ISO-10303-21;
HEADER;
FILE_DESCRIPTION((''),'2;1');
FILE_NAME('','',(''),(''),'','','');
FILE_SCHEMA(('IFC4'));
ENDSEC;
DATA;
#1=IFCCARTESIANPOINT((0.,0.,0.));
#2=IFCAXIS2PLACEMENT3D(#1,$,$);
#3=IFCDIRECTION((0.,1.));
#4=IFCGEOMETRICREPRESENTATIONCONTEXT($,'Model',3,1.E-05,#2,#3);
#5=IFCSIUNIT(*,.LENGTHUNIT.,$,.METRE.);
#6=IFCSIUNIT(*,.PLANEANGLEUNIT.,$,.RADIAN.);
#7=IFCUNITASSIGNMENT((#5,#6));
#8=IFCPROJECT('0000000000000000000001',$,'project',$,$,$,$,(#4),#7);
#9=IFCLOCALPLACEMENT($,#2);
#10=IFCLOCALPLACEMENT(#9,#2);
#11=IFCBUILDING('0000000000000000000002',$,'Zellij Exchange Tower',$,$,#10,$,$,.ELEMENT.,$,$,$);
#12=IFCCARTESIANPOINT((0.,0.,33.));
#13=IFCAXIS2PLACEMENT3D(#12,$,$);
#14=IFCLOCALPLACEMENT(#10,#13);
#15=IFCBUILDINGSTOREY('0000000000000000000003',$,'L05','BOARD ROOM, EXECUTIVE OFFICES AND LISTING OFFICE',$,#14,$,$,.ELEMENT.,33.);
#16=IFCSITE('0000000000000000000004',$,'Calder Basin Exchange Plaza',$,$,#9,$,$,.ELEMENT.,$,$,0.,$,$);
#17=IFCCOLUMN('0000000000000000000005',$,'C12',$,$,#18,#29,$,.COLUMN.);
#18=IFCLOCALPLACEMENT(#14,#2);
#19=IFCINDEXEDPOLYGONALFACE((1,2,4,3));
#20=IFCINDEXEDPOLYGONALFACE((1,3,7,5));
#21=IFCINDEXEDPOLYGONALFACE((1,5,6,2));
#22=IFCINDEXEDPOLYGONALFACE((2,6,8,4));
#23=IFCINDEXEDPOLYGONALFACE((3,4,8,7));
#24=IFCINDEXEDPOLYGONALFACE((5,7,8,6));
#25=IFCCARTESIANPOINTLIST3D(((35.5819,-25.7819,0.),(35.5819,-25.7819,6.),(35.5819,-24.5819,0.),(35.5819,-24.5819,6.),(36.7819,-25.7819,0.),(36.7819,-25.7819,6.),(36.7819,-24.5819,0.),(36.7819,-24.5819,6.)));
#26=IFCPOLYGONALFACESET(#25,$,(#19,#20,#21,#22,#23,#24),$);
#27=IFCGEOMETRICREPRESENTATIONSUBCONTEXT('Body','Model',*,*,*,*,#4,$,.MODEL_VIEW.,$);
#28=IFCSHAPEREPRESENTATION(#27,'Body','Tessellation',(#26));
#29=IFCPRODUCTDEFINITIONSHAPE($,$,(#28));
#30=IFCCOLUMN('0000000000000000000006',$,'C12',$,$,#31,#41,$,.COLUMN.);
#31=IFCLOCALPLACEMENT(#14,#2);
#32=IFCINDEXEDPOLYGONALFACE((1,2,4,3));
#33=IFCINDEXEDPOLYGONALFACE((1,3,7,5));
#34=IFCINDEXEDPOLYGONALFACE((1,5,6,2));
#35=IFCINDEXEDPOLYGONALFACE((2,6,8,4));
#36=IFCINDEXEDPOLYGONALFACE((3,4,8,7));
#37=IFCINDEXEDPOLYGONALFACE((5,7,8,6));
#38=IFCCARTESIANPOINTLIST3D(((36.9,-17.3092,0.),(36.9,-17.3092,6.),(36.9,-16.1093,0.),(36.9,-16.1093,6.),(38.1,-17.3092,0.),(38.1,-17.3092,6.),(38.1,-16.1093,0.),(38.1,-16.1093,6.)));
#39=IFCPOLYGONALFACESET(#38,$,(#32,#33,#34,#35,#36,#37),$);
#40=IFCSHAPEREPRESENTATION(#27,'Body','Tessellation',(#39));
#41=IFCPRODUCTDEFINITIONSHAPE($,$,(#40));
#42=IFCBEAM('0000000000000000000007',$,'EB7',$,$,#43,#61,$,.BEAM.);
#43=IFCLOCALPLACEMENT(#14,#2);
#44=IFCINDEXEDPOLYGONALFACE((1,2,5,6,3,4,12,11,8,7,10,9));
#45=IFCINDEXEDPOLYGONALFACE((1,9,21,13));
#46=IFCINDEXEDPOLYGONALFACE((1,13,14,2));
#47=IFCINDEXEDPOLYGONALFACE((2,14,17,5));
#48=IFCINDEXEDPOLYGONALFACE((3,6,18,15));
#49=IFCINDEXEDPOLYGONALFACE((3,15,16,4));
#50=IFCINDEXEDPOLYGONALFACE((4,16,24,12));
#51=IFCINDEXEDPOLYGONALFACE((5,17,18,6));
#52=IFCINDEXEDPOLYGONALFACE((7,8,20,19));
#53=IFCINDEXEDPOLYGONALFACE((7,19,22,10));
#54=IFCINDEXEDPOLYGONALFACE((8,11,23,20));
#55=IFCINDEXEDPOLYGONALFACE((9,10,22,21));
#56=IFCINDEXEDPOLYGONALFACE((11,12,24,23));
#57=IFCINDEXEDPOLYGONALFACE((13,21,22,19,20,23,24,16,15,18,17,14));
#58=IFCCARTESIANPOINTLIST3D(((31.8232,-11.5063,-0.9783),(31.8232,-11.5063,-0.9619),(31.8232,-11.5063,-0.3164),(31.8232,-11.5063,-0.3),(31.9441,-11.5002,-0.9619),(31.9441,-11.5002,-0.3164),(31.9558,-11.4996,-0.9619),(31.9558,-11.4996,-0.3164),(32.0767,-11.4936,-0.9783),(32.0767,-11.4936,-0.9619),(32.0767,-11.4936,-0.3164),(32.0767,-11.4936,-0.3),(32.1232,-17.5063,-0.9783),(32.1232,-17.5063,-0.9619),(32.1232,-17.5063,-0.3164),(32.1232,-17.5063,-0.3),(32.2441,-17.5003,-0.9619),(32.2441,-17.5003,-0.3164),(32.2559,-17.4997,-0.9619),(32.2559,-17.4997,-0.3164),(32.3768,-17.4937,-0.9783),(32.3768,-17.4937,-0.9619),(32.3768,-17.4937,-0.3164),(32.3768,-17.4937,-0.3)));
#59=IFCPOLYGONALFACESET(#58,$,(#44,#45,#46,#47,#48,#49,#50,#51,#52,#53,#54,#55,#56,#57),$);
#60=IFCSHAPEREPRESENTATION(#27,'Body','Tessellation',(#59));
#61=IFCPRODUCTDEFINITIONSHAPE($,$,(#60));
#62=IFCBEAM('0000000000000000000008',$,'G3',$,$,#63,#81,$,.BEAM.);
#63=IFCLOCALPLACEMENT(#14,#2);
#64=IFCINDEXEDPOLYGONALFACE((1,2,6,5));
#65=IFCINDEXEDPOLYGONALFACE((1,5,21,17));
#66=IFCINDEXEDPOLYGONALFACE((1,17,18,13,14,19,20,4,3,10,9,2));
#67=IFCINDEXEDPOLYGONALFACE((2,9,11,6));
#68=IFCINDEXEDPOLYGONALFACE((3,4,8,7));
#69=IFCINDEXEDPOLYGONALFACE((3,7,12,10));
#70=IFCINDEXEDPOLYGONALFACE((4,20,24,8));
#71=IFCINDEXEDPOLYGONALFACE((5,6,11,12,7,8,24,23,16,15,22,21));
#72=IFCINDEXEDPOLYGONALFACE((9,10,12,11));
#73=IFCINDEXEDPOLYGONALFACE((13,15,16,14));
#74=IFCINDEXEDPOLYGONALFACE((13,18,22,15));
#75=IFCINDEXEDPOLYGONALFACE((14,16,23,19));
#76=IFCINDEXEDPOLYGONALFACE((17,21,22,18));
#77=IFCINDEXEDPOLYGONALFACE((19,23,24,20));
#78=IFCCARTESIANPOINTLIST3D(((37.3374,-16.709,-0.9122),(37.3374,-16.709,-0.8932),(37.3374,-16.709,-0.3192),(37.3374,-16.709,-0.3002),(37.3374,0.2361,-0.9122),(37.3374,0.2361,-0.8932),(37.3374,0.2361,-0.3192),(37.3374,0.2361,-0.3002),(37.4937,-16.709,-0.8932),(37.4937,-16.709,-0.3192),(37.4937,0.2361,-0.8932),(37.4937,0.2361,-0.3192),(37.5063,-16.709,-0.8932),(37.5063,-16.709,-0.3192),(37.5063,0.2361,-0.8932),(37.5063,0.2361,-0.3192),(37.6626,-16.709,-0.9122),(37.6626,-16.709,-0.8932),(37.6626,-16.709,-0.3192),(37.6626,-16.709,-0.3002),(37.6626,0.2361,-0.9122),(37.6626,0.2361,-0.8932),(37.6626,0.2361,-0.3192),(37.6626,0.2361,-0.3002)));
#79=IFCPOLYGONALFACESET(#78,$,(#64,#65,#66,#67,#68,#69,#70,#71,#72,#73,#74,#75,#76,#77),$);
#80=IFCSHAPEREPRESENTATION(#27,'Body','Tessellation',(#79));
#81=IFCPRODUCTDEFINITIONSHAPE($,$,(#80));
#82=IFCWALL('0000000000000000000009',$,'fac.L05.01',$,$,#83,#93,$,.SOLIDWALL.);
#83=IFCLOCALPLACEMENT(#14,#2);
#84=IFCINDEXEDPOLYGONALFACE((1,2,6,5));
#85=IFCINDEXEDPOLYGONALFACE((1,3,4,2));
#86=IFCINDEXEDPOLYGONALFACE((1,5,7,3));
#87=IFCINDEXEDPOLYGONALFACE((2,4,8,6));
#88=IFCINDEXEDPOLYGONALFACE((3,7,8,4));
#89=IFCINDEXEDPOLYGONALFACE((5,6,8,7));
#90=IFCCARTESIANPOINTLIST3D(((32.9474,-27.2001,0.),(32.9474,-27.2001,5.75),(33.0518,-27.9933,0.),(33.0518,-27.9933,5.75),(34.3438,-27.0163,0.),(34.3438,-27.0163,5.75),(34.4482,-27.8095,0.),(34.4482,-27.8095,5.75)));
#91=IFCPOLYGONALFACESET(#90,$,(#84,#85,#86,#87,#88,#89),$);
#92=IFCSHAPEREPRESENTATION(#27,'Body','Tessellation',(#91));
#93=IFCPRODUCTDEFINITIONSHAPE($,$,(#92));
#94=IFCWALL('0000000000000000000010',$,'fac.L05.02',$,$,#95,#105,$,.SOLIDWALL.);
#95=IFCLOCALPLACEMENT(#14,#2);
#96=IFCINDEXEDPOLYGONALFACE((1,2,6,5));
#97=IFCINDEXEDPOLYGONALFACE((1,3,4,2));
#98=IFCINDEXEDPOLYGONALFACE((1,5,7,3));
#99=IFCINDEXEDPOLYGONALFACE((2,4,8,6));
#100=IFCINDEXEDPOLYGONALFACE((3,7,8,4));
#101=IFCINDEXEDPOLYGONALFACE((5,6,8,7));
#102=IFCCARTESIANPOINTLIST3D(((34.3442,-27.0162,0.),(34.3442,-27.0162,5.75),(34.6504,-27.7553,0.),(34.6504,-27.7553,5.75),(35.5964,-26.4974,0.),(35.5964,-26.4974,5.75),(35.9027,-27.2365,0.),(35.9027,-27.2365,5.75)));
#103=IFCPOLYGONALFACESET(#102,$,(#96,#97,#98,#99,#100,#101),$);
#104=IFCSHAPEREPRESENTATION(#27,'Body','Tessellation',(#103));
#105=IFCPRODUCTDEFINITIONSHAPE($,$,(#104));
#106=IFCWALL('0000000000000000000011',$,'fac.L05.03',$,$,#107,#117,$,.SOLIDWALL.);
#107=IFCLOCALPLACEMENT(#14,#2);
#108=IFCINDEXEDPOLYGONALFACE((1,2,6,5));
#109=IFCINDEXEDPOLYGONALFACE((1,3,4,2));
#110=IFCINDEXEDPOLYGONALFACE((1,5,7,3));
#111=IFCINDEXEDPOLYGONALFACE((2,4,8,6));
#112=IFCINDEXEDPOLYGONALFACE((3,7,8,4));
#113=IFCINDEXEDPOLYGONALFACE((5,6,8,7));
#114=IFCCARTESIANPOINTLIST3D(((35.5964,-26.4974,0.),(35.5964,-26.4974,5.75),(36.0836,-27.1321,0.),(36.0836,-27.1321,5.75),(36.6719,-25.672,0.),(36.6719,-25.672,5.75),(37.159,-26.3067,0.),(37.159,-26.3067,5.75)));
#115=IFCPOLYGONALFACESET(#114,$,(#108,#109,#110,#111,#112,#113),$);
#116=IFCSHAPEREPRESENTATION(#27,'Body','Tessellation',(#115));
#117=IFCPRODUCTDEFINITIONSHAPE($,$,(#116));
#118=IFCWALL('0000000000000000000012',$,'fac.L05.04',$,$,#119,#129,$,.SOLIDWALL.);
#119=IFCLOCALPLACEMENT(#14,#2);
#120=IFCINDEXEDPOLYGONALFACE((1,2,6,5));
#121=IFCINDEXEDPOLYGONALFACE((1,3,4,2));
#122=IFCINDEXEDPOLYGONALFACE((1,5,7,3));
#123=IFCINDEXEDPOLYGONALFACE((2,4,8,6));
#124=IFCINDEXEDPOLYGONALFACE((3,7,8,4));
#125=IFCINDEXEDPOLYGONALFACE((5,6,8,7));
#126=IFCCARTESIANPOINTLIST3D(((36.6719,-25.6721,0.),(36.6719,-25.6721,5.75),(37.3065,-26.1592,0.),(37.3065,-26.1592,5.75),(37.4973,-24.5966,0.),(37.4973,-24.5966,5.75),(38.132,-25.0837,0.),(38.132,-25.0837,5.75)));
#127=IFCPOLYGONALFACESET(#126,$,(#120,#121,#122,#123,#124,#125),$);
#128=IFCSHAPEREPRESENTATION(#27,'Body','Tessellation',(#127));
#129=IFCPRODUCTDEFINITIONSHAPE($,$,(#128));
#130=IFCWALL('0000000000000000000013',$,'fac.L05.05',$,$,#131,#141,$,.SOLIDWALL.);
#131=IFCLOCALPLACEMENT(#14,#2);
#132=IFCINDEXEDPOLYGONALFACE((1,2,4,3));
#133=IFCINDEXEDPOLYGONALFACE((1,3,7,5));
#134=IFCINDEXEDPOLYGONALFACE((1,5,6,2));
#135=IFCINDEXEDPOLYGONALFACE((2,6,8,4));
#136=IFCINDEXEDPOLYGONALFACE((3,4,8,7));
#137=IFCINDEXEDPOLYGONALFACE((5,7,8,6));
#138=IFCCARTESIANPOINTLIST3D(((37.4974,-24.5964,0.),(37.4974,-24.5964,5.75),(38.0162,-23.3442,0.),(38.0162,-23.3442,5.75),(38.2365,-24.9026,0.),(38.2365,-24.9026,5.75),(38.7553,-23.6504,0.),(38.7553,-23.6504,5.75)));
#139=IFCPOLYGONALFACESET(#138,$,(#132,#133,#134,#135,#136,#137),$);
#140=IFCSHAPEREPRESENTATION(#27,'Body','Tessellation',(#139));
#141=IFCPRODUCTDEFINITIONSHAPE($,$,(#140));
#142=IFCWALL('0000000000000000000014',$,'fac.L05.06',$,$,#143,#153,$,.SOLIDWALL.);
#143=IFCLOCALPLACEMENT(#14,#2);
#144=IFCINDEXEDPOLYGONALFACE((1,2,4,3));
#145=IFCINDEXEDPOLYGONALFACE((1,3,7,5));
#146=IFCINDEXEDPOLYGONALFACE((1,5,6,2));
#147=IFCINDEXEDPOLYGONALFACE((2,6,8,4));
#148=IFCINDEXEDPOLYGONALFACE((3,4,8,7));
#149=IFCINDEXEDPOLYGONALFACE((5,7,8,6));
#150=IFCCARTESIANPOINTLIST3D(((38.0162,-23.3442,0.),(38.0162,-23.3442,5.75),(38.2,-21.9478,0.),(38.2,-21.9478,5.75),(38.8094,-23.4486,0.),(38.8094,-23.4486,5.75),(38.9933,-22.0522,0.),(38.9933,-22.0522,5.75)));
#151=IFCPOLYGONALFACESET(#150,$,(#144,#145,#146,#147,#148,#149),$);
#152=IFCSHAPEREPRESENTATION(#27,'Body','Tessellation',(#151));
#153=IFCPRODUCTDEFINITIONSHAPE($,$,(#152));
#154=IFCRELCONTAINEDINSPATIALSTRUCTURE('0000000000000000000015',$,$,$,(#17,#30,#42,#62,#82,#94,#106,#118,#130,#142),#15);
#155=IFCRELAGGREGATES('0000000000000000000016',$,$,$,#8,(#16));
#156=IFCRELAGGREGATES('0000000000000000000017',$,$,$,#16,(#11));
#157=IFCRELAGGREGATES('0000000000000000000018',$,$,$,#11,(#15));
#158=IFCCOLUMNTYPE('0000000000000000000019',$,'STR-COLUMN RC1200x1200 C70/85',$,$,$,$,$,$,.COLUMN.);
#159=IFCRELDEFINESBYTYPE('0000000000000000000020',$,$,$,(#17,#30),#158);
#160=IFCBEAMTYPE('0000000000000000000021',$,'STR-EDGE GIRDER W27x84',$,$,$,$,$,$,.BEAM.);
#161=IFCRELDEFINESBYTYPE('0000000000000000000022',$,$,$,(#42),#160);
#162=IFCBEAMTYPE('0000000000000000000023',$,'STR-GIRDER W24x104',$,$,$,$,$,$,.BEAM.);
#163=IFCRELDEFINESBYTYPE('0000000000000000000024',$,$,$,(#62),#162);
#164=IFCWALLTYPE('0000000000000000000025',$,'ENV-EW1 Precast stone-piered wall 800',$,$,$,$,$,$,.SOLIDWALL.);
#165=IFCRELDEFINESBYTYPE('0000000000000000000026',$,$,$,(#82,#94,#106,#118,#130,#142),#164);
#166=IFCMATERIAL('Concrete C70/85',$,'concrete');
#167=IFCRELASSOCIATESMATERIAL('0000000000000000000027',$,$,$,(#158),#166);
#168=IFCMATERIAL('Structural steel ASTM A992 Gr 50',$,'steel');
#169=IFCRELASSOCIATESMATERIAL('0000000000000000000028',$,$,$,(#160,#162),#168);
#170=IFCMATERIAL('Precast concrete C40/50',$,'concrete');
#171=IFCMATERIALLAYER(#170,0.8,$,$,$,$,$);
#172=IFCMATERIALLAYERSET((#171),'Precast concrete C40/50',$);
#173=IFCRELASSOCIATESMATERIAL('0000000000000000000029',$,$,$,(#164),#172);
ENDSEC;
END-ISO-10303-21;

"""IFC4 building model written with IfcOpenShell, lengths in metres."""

from ifc_helpers import new_model, si_unit, direction, frame, frame_2d, origin, origin_2d, place, context, subcontext, project, spatial, rectangle, i_section, extrude, material, layer, layer_set, material_profile, profile_set, type_object, element, save


model = new_model("IFC4")

# Units and contexts
model_context = context("Model", 3, precision=1e-05, world=origin(), true_north=direction((0.0, 1.0)))
body_context = subcontext(model_context, "Body", "Model", "MODEL_VIEW")
ifc_project = project(units=[si_unit("LENGTHUNIT", "METRE"), si_unit("PLANEANGLEUNIT", "RADIAN")], contexts=[model_context])

# Site, building, storey
site_placement = place(None, origin())
site = spatial("IfcSite", under=ifc_project, at=site_placement, Name="Calder Basin Exchange Plaza", CompositionType="ELEMENT", RefElevation=0.0)
building_placement = place(site_placement, origin())
building = spatial("IfcBuilding", under=site, at=building_placement, Name="Zellij Exchange Tower", CompositionType="ELEMENT")
storey_placement = place(building_placement, frame((0.0, 0.0, 33.0)))
storey = spatial("IfcBuildingStorey", under=building, at=storey_placement, Name="L05", Description="BOARD ROOM, EXECUTIVE OFFICES AND LISTING OFFICE", CompositionType="ELEMENT", Elevation=33.0)

# Columns
ifc_material_1 = material(Name="Concrete C70/85", Category="concrete")
ifc_material_profile_1 = material_profile(ifc_material_1, rectangle(XDim=1.2, YDim=1.2, at=origin_2d()), Name="STR-COLUMN RC1200x1200 C70/85")
ifc_profile_set_1 = profile_set([ifc_material_profile_1], Name="Concrete C70/85")
column_type = type_object("IfcColumnType", Name="STR-COLUMN RC1200x1200 C70/85", PredefinedType="COLUMN", material=ifc_profile_set_1)
for number, where, z_axis, x_axis, name in (
    (1, (36.1819, -25.1819, 0.0), (0.0, 0.0, 1.0), (1.0, 0.0, 0.0), "C12"),
    (2, (37.5, -16.7092, 0.0), (0.0, 0.0, 1.0), (1.0, 0.0, 0.0), "C12"),
):
    element("IfcColumn", number, at=place(storey_placement, frame(where, z_axis=z_axis, x_axis=x_axis)), inside=storey, type_object=column_type, Name=name, PredefinedType="COLUMN", context=body_context, shape_type="SweptSolid", body=[
        extrude(rectangle(XDim=1.2, YDim=1.2, at=origin_2d()), origin(), (0.0, 0.0, 1.0), 6.0),
    ])

# Beams
ifc_material_2 = material(Name="Structural steel ASTM A992 Gr 50", Category="steel")
ifc_material_profile_2 = material_profile(ifc_material_2, i_section(OverallWidth=0.2539, OverallDepth=0.6782, WebThickness=0.0117, FlangeThickness=0.0164, at=origin_2d()), Name="W27x84")
ifc_profile_set_2 = profile_set([ifc_material_profile_2], Name="Structural steel ASTM A992 Gr 50")
beam_type_1 = type_object("IfcBeamType", Name="STR-EDGE GIRDER W27x84", PredefinedType="BEAM", material=ifc_profile_set_2)
beam_1_placement = place(storey_placement, frame((32.25, -17.5, -0.6392), z_axis=(-0.049946, 0.998752, 0.0), x_axis=(-0.998752, -0.049946, 0.0)))
element("IfcBeam", 3, at=beam_1_placement, inside=storey, type_object=beam_type_1, Name="EB7", PredefinedType="BEAM", context=body_context, shape_type="SweptSolid", body=[
    extrude(i_section(OverallWidth=0.2539, OverallDepth=0.6782, WebThickness=0.0117, FlangeThickness=0.0164, at=origin_2d()), origin(), (0.0, 0.0, 1.0), 6.0076),
])
ifc_material_profile_3 = material_profile(ifc_material_2, i_section(OverallWidth=0.3252, OverallDepth=0.6121, WebThickness=0.0127, FlangeThickness=0.019, at=origin_2d()), Name="W24x104")
ifc_profile_set_3 = profile_set([ifc_material_profile_3], Name="Structural steel ASTM A992 Gr 50")
beam_type_2 = type_object("IfcBeamType", Name="STR-GIRDER W24x104", PredefinedType="BEAM", material=ifc_profile_set_3)
beam_2_placement = place(storey_placement, frame((37.5, -16.709, -0.6062), z_axis=(0.0, 1.0, 0.0), x_axis=(-1.0, 0.0, 0.0)))
element("IfcBeam", 4, at=beam_2_placement, inside=storey, type_object=beam_type_2, Name="G3", PredefinedType="BEAM", context=body_context, shape_type="SweptSolid", body=[
    extrude(i_section(OverallWidth=0.3252, OverallDepth=0.6121, WebThickness=0.0127, FlangeThickness=0.019, at=origin_2d()), origin(), (0.0, 0.0, 1.0), 16.9451),
])

# Walls
ifc_material_3 = material(Name="Precast concrete C40/50", Category="concrete")
ifc_layer_1 = layer(ifc_material_3, 0.8)
ifc_layer_set_1 = layer_set([ifc_layer_1], Name="Precast concrete C40/50")
wall_type_1 = type_object("IfcWallType", Name="ENV-EW1 Precast stone-piered wall 800", PredefinedType="SOLIDWALL", material=ifc_layer_set_1)
wall_1_placement = place(storey_placement, frame((32.9998, -27.5967, 0.0), z_axis=(0.0, 0.0, 1.0), x_axis=(0.991446, 0.130517, 0.0)))
element("IfcWall", 5, at=wall_1_placement, inside=storey, type_object=wall_type_1, Name="fac.L05.01", PredefinedType="SOLIDWALL", context=body_context, shape_type="SweptSolid", body=[
    extrude(rectangle(XDim=1.4084, YDim=0.8, at=frame_2d((0.7041, 0.0))), origin(), (0.0, 0.0, 1.0), 5.75),
])
wall_2_placement = place(storey_placement, frame((34.4973, -27.3857, 0.0), z_axis=(0.0, 0.0, 1.0), x_axis=(0.923848, 0.38276, 0.0)))
element("IfcWall", 6, at=wall_2_placement, inside=storey, type_object=wall_type_1, Name="fac.L05.02", PredefinedType="SOLIDWALL", context=body_context, shape_type="SweptSolid", body=[
    extrude(rectangle(XDim=1.3555, YDim=0.8, at=frame_2d((0.6777, 0.0))), origin(), (0.0, 0.0, 1.0), 5.75),
])
for number, where, z_axis, x_axis, name in (
    (7, (35.8401, -26.8147, 0.0), (0.0, 0.0, 1.0), (0.793273, 0.608866, 0.0), "fac.L05.03"),
    (8, (36.9893, -25.9155, 0.0), (0.0, 0.0, 1.0), (0.608866, 0.793273, 0.0), "fac.L05.04"),
):
    element("IfcWall", number, at=place(storey_placement, frame(where, z_axis=z_axis, x_axis=x_axis)), inside=storey, type_object=wall_type_1, Name=name, PredefinedType="SOLIDWALL", context=body_context, shape_type="SweptSolid", body=[
        extrude(rectangle(XDim=1.3557, YDim=0.8, at=frame_2d((0.6777, 0.0))), origin(), (0.0, 0.0, 1.0), 5.75),
    ])
wall_3_placement = place(storey_placement, frame((37.8669, -24.7495, 0.0), z_axis=(0.0, 0.0, 1.0), x_axis=(0.38276, 0.923848, 0.0)))
element("IfcWall", 9, at=wall_3_placement, inside=storey, type_object=wall_type_1, Name="fac.L05.05", PredefinedType="SOLIDWALL", context=body_context, shape_type="SweptSolid", body=[
    extrude(rectangle(XDim=1.3555, YDim=0.8, at=frame_2d((0.6777, 0.0))), origin(), (0.0, 0.0, 1.0), 5.75),
])
wall_4_placement = place(storey_placement, frame((38.4128, -23.3962, 0.0), z_axis=(0.0, 0.0, 1.0), x_axis=(0.130517, 0.991446, 0.0)))
element("IfcWall", 10, at=wall_4_placement, inside=storey, type_object=wall_type_1, Name="fac.L05.06", PredefinedType="SOLIDWALL", context=body_context, shape_type="SweptSolid", body=[
    extrude(rectangle(XDim=1.4084, YDim=0.8, at=frame_2d((0.7041, 0.0))), origin(), (0.0, 0.0, 1.0), 5.75),
])

save(model, "model.ifc")
